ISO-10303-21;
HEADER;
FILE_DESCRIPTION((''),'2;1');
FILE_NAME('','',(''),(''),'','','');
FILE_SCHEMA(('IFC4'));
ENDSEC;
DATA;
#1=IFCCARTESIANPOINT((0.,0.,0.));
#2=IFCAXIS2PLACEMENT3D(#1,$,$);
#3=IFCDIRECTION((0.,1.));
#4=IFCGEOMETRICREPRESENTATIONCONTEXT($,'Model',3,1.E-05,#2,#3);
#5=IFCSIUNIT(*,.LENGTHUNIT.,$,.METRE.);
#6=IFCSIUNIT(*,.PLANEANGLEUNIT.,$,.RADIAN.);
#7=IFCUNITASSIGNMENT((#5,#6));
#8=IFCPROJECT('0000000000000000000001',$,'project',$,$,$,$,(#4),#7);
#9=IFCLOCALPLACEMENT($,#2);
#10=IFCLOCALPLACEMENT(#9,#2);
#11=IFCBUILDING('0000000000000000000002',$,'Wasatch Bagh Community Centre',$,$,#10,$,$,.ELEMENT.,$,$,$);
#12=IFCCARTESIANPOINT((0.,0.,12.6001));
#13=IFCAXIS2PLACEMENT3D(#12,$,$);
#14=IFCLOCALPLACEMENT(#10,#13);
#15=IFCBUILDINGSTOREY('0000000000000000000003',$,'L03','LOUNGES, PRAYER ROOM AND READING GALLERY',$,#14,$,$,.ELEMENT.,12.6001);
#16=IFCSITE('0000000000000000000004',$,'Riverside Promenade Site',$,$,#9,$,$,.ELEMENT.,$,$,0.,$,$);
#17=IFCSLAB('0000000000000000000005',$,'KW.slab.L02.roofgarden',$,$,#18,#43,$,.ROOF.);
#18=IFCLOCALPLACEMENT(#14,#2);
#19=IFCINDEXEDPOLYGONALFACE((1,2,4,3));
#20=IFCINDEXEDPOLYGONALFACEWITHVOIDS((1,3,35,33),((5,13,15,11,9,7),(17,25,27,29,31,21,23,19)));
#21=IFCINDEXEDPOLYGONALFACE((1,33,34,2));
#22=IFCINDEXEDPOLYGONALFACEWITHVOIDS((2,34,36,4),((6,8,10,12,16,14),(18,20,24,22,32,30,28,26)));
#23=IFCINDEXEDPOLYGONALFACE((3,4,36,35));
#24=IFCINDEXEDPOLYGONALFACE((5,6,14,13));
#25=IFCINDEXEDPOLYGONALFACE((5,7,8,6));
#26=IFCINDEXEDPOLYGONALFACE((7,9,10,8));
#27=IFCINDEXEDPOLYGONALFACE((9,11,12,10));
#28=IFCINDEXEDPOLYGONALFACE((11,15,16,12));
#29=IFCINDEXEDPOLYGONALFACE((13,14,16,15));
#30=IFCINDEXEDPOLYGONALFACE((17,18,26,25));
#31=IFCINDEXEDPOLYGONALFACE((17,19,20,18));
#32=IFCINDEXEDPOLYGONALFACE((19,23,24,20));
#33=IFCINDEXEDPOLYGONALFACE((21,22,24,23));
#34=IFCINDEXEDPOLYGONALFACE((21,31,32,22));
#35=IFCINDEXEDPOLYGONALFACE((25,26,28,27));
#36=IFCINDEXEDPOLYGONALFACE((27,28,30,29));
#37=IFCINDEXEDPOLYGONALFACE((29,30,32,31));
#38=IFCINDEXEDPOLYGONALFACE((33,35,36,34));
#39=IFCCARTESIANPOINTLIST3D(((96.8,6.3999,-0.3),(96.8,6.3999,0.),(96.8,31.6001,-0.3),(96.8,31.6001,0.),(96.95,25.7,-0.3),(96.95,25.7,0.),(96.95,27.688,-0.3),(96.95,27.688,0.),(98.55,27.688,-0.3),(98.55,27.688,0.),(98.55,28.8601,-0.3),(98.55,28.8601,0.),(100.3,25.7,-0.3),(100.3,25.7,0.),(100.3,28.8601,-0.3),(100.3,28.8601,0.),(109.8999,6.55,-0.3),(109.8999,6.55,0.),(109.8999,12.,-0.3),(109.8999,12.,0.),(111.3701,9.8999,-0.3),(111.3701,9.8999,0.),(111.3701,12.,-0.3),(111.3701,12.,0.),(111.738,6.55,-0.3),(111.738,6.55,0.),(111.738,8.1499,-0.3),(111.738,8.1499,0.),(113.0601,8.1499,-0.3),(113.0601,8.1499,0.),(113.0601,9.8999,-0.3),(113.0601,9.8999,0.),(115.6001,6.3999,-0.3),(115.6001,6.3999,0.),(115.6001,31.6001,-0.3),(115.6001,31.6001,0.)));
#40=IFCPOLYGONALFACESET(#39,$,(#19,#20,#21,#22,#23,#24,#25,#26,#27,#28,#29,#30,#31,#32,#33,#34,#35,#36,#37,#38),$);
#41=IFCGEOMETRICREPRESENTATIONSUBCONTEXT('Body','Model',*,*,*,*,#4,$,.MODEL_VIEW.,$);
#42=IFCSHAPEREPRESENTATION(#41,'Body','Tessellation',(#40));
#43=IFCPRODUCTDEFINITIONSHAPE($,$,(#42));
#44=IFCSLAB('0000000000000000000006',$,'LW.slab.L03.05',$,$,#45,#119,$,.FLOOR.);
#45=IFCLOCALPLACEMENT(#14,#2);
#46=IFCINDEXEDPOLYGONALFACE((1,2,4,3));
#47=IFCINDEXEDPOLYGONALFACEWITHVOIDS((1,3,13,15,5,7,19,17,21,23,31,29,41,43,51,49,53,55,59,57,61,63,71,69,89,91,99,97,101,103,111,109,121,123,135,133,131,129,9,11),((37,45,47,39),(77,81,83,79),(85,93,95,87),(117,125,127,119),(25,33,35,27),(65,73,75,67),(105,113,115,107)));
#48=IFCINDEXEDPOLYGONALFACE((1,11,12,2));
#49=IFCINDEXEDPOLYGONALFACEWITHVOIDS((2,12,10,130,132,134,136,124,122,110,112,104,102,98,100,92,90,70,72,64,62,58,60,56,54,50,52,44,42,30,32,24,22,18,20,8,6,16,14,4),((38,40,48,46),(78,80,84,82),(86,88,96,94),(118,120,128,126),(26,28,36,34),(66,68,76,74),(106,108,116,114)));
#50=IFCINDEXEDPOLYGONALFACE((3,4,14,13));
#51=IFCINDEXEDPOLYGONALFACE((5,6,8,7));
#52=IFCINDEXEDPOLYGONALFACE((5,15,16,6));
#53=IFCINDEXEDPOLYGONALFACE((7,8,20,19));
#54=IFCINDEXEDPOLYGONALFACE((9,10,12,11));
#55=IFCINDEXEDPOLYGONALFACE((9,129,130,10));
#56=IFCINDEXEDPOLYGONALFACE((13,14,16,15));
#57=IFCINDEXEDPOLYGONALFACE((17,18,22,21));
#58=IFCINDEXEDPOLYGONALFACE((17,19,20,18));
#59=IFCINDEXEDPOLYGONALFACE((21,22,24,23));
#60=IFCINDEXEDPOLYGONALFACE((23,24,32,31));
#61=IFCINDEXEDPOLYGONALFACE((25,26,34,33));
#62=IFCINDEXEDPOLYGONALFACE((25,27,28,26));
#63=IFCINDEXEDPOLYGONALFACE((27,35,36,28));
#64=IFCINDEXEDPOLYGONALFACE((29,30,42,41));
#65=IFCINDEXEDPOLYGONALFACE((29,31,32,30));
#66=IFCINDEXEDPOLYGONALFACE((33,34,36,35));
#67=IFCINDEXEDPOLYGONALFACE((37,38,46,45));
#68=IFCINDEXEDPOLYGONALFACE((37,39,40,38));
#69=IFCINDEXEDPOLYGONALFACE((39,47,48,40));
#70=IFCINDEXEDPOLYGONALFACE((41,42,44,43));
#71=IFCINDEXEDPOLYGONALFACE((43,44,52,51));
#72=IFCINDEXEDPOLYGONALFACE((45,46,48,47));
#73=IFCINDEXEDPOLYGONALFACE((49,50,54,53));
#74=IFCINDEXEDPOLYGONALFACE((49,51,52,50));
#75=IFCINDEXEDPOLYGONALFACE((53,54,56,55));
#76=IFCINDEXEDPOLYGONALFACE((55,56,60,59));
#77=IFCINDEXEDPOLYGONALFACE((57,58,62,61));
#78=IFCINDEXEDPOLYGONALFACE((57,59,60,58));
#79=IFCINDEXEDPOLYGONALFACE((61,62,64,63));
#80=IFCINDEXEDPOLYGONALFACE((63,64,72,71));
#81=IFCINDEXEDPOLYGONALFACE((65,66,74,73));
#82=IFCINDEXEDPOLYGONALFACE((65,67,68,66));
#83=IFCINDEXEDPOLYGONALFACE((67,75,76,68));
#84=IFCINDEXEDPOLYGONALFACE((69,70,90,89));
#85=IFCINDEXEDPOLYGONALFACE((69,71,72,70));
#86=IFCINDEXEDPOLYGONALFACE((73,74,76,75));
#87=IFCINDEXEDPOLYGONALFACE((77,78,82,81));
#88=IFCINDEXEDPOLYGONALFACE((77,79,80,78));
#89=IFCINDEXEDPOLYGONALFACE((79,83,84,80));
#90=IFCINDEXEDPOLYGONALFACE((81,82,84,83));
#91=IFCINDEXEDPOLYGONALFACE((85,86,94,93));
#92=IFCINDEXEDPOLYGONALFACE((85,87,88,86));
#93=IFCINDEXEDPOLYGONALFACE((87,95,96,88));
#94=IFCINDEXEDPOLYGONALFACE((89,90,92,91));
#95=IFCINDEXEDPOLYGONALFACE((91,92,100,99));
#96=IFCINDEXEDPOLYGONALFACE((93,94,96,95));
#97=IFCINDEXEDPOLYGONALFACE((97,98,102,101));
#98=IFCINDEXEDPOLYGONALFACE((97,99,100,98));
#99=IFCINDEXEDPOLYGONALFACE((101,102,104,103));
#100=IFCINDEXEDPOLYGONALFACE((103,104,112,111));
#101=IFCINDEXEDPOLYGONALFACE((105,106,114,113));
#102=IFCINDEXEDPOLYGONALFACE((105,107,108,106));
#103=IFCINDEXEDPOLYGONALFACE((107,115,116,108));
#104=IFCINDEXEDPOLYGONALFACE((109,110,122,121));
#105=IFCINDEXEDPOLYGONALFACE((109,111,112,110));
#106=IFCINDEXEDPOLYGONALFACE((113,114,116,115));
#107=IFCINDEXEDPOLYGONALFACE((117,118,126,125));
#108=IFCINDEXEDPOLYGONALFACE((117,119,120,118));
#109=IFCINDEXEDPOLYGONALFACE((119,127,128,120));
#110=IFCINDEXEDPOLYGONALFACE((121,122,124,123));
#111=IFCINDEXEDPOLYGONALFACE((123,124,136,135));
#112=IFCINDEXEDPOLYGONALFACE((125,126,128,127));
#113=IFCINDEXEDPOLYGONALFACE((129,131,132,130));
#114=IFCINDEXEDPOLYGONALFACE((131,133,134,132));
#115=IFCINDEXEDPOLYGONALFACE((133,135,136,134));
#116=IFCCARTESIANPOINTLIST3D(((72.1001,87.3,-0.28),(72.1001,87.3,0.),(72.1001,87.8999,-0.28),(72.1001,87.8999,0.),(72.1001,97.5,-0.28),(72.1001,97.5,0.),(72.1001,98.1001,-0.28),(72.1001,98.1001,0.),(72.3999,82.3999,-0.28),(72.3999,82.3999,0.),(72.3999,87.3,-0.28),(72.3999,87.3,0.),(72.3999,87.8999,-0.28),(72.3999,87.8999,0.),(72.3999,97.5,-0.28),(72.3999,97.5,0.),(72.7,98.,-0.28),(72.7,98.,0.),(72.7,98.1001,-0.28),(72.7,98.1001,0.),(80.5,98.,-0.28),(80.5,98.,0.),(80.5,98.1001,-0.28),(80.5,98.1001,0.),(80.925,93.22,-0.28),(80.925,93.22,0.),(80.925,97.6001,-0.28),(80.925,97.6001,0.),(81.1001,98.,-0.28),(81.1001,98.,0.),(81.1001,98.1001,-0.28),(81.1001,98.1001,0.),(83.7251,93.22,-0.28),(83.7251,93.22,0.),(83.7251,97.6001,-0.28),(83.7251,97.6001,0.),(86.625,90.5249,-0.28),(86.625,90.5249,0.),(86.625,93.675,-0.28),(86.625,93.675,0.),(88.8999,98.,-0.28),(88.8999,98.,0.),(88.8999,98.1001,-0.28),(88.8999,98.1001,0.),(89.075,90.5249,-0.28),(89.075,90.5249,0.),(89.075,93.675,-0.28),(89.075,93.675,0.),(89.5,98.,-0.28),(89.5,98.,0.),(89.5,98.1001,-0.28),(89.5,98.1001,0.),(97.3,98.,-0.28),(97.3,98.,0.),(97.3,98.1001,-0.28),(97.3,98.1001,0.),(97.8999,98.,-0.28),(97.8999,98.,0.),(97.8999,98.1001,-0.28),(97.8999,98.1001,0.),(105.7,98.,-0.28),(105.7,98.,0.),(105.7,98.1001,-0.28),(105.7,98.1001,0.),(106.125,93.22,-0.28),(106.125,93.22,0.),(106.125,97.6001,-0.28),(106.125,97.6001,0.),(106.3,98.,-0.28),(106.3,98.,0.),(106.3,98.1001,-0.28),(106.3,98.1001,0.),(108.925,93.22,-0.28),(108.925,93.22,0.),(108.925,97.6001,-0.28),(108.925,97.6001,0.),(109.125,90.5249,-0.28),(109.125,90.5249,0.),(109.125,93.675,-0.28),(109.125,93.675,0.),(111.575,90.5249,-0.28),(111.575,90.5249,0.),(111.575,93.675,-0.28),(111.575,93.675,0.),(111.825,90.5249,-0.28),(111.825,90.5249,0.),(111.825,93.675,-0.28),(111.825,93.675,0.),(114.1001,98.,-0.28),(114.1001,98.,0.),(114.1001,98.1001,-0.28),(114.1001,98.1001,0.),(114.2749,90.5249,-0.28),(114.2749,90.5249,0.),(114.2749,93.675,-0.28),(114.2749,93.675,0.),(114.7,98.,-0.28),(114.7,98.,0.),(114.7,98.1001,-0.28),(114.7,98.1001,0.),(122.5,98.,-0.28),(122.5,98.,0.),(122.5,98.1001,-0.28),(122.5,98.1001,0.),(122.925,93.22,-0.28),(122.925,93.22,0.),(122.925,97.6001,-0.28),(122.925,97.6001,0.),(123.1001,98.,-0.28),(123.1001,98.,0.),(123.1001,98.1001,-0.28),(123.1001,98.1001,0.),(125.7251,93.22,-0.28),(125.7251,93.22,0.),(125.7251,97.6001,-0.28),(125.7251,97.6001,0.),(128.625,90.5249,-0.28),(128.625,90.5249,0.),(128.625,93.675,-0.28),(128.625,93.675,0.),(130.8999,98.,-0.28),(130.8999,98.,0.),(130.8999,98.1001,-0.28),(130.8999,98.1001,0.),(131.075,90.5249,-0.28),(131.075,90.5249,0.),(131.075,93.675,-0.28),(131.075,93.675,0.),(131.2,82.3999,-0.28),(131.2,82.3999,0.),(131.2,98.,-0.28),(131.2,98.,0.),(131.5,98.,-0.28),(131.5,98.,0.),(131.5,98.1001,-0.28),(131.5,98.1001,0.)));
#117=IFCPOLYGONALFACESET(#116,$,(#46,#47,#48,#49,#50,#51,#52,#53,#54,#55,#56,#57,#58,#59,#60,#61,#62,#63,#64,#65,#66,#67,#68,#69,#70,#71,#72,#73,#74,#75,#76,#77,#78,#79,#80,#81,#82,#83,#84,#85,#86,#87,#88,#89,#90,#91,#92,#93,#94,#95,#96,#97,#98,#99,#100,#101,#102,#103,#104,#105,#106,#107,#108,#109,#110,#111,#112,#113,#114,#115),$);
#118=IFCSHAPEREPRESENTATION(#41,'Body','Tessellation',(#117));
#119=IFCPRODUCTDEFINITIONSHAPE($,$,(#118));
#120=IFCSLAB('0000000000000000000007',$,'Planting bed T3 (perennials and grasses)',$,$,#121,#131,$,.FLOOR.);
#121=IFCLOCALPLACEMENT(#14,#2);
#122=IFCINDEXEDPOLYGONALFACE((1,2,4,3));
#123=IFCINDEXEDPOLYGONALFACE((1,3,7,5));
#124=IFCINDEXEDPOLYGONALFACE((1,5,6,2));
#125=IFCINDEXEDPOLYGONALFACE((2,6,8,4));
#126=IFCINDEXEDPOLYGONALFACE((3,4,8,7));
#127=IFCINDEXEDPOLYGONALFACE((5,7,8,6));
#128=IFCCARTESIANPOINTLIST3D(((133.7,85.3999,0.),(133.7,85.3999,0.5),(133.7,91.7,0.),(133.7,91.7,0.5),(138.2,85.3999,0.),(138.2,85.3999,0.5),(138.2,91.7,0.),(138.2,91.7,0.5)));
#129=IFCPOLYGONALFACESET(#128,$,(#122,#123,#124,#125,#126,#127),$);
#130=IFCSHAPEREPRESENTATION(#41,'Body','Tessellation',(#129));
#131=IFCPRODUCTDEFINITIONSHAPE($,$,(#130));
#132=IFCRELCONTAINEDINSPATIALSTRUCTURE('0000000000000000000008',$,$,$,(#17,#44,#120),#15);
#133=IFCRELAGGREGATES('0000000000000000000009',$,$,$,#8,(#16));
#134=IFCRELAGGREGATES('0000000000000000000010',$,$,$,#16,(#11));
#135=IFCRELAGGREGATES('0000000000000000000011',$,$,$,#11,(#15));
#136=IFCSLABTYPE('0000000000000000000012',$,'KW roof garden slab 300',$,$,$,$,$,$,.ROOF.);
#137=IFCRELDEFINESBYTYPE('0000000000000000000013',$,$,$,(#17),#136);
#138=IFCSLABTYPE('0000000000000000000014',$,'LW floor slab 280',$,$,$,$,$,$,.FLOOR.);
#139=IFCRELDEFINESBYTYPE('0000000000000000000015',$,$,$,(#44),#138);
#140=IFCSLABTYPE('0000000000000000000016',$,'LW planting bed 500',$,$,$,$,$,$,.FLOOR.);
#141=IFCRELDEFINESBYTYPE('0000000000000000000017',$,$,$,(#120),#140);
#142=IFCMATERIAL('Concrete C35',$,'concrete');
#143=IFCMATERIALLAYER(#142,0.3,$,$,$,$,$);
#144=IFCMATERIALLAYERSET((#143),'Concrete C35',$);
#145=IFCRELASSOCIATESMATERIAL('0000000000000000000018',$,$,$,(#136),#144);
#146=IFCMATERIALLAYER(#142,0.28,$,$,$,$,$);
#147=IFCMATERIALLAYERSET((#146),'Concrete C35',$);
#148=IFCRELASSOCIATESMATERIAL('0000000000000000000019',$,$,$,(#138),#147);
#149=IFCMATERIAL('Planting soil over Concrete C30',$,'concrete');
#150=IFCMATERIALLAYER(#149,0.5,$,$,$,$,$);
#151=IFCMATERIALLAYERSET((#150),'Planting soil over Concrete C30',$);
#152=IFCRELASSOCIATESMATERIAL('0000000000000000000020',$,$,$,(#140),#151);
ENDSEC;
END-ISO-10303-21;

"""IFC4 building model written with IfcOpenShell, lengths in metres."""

from ifc_helpers import new_model, si_unit, direction, frame, origin, place, context, subcontext, project, spatial, polyline, outline, extrude, material, layer, layer_set, type_object, element, save


model = new_model("IFC4")

# Units and contexts
model_context = context("Model", 3, precision=1e-05, world=origin(), true_north=direction((0.0, 1.0)))
body_context = subcontext(model_context, "Body", "Model", "MODEL_VIEW")
ifc_project = project(units=[si_unit("LENGTHUNIT", "METRE"), si_unit("PLANEANGLEUNIT", "RADIAN")], contexts=[model_context])

# Site, building, storey
site_placement = place(None, origin())
site = spatial("IfcSite", under=ifc_project, at=site_placement, Name="Riverside Promenade Site", CompositionType="ELEMENT", RefElevation=0.0)
building_placement = place(site_placement, origin())
building = spatial("IfcBuilding", under=site, at=building_placement, Name="Wasatch Bagh Community Centre", CompositionType="ELEMENT")
storey_placement = place(building_placement, frame((0.0, 0.0, 12.6001)))
storey = spatial("IfcBuildingStorey", under=building, at=storey_placement, Name="L03", Description="LOUNGES, PRAYER ROOM AND READING GALLERY", CompositionType="ELEMENT", Elevation=12.6001)

# Slabs
ifc_material_1 = material(Name="Concrete C35", Category="concrete")
ifc_layer_1 = layer(ifc_material_1, 0.3)
ifc_layer_set_1 = layer_set([ifc_layer_1], Name="Concrete C35")
slab_type_1 = type_object("IfcSlabType", Name="KW roof garden slab 300", PredefinedType="ROOF", material=ifc_layer_set_1)
slab_1_placement = place(storey_placement, frame((0.0, 0.0, -0.3)))
element("IfcSlab", 1, at=slab_1_placement, inside=storey, type_object=slab_type_1, Name="KW.slab.L02.roofgarden", PredefinedType="ROOF", context=body_context, shape_type="SweptSolid", body=[
    extrude(outline(polyline([(96.8, 6.3999), (115.6001, 6.3999), (115.6001, 31.6001), (96.8, 31.6001), (96.8, 6.3999)]), holes=[polyline([(96.95, 27.688), (96.95, 25.7), (100.3, 25.7), (100.3, 28.8601), (98.55, 28.8601), (98.55, 27.688), (96.95, 27.688)]), polyline([(111.738, 6.55), (109.8999, 6.55), (109.8999, 12.0), (111.3701, 12.0), (111.3701, 9.8999), (113.0601, 9.8999), (113.0601, 8.1499), (111.738, 8.1499), (111.738, 6.55)])]), origin(), (0.0, 0.0, 1.0), 0.3),
])
ifc_layer_2 = layer(ifc_material_1, 0.28)
ifc_layer_set_2 = layer_set([ifc_layer_2], Name="Concrete C35")
slab_type_2 = type_object("IfcSlabType", Name="LW floor slab 280", PredefinedType="FLOOR", material=ifc_layer_set_2)
slab_2_placement = place(storey_placement, frame((0.0, 0.0, -0.28)))
element("IfcSlab", 2, at=slab_2_placement, inside=storey, type_object=slab_type_2, Name="LW.slab.L03.05", PredefinedType="FLOOR", context=body_context, shape_type="SweptSolid", body=[
    extrude(outline(polyline([(80.5, 98.1001), (81.1001, 98.1001), (81.1001, 98.0), (88.8999, 98.0), (88.8999, 98.1001), (89.5, 98.1001), (89.5, 98.0), (97.3, 98.0), (97.3, 98.1001), (97.8999, 98.1001), (97.8999, 98.0), (105.7, 98.0), (105.7, 98.1001), (106.3, 98.1001), (106.3, 98.0), (114.1001, 98.0), (114.1001, 98.1001), (114.7, 98.1001), (114.7, 98.0), (122.5, 98.0), (122.5, 98.1001), (123.1001, 98.1001), (123.1001, 98.0), (130.8999, 98.0), (130.8999, 98.1001), (131.5, 98.1001), (131.5, 98.0), (131.2, 98.0), (131.2, 82.3999), (72.3999, 82.3999), (72.3999, 87.3), (72.1001, 87.3), (72.1001, 87.8999), (72.3999, 87.8999), (72.3999, 97.5), (72.1001, 97.5), (72.1001, 98.1001), (72.7, 98.1001), (72.7, 98.0), (80.5, 98.0), (80.5, 98.1001)]), holes=[polyline([(86.625, 93.675), (89.075, 93.675), (89.075, 90.5249), (86.625, 90.5249), (86.625, 93.675)]), polyline([(111.575, 93.675), (111.575, 90.5249), (109.125, 90.5249), (109.125, 93.675), (111.575, 93.675)]), polyline([(114.2749, 93.675), (114.2749, 90.5249), (111.825, 90.5249), (111.825, 93.675), (114.2749, 93.675)]), polyline([(131.075, 93.675), (131.075, 90.5249), (128.625, 90.5249), (128.625, 93.675), (131.075, 93.675)]), polyline([(83.7251, 97.6001), (83.7251, 93.22), (80.925, 93.22), (80.925, 97.6001), (83.7251, 97.6001)]), polyline([(108.925, 97.6001), (108.925, 93.22), (106.125, 93.22), (106.125, 97.6001), (108.925, 97.6001)]), polyline([(125.7251, 97.6001), (125.7251, 93.22), (122.925, 93.22), (122.925, 97.6001), (125.7251, 97.6001)])]), origin(), (0.0, 0.0, 1.0), 0.28),
])
ifc_material_2 = material(Name="Planting soil over Concrete C30", Category="concrete")
ifc_layer_3 = layer(ifc_material_2, 0.5)
ifc_layer_set_3 = layer_set([ifc_layer_3], Name="Planting soil over Concrete C30")
slab_type_3 = type_object("IfcSlabType", Name="LW planting bed 500", PredefinedType="FLOOR", material=ifc_layer_set_3)
slab_3_placement = place(storey_placement, origin())
element("IfcSlab", 3, at=slab_3_placement, inside=storey, type_object=slab_type_3, Name="Planting bed T3 (perennials and grasses)", PredefinedType="FLOOR", context=body_context, shape_type="SweptSolid", body=[
    extrude(outline(polyline([(133.7, 85.3999), (138.2, 85.3999), (138.2, 91.7), (133.7, 91.7), (133.7, 85.3999)])), origin(), (0.0, 0.0, 1.0), 0.5),
])

save(model, "model.ifc")
